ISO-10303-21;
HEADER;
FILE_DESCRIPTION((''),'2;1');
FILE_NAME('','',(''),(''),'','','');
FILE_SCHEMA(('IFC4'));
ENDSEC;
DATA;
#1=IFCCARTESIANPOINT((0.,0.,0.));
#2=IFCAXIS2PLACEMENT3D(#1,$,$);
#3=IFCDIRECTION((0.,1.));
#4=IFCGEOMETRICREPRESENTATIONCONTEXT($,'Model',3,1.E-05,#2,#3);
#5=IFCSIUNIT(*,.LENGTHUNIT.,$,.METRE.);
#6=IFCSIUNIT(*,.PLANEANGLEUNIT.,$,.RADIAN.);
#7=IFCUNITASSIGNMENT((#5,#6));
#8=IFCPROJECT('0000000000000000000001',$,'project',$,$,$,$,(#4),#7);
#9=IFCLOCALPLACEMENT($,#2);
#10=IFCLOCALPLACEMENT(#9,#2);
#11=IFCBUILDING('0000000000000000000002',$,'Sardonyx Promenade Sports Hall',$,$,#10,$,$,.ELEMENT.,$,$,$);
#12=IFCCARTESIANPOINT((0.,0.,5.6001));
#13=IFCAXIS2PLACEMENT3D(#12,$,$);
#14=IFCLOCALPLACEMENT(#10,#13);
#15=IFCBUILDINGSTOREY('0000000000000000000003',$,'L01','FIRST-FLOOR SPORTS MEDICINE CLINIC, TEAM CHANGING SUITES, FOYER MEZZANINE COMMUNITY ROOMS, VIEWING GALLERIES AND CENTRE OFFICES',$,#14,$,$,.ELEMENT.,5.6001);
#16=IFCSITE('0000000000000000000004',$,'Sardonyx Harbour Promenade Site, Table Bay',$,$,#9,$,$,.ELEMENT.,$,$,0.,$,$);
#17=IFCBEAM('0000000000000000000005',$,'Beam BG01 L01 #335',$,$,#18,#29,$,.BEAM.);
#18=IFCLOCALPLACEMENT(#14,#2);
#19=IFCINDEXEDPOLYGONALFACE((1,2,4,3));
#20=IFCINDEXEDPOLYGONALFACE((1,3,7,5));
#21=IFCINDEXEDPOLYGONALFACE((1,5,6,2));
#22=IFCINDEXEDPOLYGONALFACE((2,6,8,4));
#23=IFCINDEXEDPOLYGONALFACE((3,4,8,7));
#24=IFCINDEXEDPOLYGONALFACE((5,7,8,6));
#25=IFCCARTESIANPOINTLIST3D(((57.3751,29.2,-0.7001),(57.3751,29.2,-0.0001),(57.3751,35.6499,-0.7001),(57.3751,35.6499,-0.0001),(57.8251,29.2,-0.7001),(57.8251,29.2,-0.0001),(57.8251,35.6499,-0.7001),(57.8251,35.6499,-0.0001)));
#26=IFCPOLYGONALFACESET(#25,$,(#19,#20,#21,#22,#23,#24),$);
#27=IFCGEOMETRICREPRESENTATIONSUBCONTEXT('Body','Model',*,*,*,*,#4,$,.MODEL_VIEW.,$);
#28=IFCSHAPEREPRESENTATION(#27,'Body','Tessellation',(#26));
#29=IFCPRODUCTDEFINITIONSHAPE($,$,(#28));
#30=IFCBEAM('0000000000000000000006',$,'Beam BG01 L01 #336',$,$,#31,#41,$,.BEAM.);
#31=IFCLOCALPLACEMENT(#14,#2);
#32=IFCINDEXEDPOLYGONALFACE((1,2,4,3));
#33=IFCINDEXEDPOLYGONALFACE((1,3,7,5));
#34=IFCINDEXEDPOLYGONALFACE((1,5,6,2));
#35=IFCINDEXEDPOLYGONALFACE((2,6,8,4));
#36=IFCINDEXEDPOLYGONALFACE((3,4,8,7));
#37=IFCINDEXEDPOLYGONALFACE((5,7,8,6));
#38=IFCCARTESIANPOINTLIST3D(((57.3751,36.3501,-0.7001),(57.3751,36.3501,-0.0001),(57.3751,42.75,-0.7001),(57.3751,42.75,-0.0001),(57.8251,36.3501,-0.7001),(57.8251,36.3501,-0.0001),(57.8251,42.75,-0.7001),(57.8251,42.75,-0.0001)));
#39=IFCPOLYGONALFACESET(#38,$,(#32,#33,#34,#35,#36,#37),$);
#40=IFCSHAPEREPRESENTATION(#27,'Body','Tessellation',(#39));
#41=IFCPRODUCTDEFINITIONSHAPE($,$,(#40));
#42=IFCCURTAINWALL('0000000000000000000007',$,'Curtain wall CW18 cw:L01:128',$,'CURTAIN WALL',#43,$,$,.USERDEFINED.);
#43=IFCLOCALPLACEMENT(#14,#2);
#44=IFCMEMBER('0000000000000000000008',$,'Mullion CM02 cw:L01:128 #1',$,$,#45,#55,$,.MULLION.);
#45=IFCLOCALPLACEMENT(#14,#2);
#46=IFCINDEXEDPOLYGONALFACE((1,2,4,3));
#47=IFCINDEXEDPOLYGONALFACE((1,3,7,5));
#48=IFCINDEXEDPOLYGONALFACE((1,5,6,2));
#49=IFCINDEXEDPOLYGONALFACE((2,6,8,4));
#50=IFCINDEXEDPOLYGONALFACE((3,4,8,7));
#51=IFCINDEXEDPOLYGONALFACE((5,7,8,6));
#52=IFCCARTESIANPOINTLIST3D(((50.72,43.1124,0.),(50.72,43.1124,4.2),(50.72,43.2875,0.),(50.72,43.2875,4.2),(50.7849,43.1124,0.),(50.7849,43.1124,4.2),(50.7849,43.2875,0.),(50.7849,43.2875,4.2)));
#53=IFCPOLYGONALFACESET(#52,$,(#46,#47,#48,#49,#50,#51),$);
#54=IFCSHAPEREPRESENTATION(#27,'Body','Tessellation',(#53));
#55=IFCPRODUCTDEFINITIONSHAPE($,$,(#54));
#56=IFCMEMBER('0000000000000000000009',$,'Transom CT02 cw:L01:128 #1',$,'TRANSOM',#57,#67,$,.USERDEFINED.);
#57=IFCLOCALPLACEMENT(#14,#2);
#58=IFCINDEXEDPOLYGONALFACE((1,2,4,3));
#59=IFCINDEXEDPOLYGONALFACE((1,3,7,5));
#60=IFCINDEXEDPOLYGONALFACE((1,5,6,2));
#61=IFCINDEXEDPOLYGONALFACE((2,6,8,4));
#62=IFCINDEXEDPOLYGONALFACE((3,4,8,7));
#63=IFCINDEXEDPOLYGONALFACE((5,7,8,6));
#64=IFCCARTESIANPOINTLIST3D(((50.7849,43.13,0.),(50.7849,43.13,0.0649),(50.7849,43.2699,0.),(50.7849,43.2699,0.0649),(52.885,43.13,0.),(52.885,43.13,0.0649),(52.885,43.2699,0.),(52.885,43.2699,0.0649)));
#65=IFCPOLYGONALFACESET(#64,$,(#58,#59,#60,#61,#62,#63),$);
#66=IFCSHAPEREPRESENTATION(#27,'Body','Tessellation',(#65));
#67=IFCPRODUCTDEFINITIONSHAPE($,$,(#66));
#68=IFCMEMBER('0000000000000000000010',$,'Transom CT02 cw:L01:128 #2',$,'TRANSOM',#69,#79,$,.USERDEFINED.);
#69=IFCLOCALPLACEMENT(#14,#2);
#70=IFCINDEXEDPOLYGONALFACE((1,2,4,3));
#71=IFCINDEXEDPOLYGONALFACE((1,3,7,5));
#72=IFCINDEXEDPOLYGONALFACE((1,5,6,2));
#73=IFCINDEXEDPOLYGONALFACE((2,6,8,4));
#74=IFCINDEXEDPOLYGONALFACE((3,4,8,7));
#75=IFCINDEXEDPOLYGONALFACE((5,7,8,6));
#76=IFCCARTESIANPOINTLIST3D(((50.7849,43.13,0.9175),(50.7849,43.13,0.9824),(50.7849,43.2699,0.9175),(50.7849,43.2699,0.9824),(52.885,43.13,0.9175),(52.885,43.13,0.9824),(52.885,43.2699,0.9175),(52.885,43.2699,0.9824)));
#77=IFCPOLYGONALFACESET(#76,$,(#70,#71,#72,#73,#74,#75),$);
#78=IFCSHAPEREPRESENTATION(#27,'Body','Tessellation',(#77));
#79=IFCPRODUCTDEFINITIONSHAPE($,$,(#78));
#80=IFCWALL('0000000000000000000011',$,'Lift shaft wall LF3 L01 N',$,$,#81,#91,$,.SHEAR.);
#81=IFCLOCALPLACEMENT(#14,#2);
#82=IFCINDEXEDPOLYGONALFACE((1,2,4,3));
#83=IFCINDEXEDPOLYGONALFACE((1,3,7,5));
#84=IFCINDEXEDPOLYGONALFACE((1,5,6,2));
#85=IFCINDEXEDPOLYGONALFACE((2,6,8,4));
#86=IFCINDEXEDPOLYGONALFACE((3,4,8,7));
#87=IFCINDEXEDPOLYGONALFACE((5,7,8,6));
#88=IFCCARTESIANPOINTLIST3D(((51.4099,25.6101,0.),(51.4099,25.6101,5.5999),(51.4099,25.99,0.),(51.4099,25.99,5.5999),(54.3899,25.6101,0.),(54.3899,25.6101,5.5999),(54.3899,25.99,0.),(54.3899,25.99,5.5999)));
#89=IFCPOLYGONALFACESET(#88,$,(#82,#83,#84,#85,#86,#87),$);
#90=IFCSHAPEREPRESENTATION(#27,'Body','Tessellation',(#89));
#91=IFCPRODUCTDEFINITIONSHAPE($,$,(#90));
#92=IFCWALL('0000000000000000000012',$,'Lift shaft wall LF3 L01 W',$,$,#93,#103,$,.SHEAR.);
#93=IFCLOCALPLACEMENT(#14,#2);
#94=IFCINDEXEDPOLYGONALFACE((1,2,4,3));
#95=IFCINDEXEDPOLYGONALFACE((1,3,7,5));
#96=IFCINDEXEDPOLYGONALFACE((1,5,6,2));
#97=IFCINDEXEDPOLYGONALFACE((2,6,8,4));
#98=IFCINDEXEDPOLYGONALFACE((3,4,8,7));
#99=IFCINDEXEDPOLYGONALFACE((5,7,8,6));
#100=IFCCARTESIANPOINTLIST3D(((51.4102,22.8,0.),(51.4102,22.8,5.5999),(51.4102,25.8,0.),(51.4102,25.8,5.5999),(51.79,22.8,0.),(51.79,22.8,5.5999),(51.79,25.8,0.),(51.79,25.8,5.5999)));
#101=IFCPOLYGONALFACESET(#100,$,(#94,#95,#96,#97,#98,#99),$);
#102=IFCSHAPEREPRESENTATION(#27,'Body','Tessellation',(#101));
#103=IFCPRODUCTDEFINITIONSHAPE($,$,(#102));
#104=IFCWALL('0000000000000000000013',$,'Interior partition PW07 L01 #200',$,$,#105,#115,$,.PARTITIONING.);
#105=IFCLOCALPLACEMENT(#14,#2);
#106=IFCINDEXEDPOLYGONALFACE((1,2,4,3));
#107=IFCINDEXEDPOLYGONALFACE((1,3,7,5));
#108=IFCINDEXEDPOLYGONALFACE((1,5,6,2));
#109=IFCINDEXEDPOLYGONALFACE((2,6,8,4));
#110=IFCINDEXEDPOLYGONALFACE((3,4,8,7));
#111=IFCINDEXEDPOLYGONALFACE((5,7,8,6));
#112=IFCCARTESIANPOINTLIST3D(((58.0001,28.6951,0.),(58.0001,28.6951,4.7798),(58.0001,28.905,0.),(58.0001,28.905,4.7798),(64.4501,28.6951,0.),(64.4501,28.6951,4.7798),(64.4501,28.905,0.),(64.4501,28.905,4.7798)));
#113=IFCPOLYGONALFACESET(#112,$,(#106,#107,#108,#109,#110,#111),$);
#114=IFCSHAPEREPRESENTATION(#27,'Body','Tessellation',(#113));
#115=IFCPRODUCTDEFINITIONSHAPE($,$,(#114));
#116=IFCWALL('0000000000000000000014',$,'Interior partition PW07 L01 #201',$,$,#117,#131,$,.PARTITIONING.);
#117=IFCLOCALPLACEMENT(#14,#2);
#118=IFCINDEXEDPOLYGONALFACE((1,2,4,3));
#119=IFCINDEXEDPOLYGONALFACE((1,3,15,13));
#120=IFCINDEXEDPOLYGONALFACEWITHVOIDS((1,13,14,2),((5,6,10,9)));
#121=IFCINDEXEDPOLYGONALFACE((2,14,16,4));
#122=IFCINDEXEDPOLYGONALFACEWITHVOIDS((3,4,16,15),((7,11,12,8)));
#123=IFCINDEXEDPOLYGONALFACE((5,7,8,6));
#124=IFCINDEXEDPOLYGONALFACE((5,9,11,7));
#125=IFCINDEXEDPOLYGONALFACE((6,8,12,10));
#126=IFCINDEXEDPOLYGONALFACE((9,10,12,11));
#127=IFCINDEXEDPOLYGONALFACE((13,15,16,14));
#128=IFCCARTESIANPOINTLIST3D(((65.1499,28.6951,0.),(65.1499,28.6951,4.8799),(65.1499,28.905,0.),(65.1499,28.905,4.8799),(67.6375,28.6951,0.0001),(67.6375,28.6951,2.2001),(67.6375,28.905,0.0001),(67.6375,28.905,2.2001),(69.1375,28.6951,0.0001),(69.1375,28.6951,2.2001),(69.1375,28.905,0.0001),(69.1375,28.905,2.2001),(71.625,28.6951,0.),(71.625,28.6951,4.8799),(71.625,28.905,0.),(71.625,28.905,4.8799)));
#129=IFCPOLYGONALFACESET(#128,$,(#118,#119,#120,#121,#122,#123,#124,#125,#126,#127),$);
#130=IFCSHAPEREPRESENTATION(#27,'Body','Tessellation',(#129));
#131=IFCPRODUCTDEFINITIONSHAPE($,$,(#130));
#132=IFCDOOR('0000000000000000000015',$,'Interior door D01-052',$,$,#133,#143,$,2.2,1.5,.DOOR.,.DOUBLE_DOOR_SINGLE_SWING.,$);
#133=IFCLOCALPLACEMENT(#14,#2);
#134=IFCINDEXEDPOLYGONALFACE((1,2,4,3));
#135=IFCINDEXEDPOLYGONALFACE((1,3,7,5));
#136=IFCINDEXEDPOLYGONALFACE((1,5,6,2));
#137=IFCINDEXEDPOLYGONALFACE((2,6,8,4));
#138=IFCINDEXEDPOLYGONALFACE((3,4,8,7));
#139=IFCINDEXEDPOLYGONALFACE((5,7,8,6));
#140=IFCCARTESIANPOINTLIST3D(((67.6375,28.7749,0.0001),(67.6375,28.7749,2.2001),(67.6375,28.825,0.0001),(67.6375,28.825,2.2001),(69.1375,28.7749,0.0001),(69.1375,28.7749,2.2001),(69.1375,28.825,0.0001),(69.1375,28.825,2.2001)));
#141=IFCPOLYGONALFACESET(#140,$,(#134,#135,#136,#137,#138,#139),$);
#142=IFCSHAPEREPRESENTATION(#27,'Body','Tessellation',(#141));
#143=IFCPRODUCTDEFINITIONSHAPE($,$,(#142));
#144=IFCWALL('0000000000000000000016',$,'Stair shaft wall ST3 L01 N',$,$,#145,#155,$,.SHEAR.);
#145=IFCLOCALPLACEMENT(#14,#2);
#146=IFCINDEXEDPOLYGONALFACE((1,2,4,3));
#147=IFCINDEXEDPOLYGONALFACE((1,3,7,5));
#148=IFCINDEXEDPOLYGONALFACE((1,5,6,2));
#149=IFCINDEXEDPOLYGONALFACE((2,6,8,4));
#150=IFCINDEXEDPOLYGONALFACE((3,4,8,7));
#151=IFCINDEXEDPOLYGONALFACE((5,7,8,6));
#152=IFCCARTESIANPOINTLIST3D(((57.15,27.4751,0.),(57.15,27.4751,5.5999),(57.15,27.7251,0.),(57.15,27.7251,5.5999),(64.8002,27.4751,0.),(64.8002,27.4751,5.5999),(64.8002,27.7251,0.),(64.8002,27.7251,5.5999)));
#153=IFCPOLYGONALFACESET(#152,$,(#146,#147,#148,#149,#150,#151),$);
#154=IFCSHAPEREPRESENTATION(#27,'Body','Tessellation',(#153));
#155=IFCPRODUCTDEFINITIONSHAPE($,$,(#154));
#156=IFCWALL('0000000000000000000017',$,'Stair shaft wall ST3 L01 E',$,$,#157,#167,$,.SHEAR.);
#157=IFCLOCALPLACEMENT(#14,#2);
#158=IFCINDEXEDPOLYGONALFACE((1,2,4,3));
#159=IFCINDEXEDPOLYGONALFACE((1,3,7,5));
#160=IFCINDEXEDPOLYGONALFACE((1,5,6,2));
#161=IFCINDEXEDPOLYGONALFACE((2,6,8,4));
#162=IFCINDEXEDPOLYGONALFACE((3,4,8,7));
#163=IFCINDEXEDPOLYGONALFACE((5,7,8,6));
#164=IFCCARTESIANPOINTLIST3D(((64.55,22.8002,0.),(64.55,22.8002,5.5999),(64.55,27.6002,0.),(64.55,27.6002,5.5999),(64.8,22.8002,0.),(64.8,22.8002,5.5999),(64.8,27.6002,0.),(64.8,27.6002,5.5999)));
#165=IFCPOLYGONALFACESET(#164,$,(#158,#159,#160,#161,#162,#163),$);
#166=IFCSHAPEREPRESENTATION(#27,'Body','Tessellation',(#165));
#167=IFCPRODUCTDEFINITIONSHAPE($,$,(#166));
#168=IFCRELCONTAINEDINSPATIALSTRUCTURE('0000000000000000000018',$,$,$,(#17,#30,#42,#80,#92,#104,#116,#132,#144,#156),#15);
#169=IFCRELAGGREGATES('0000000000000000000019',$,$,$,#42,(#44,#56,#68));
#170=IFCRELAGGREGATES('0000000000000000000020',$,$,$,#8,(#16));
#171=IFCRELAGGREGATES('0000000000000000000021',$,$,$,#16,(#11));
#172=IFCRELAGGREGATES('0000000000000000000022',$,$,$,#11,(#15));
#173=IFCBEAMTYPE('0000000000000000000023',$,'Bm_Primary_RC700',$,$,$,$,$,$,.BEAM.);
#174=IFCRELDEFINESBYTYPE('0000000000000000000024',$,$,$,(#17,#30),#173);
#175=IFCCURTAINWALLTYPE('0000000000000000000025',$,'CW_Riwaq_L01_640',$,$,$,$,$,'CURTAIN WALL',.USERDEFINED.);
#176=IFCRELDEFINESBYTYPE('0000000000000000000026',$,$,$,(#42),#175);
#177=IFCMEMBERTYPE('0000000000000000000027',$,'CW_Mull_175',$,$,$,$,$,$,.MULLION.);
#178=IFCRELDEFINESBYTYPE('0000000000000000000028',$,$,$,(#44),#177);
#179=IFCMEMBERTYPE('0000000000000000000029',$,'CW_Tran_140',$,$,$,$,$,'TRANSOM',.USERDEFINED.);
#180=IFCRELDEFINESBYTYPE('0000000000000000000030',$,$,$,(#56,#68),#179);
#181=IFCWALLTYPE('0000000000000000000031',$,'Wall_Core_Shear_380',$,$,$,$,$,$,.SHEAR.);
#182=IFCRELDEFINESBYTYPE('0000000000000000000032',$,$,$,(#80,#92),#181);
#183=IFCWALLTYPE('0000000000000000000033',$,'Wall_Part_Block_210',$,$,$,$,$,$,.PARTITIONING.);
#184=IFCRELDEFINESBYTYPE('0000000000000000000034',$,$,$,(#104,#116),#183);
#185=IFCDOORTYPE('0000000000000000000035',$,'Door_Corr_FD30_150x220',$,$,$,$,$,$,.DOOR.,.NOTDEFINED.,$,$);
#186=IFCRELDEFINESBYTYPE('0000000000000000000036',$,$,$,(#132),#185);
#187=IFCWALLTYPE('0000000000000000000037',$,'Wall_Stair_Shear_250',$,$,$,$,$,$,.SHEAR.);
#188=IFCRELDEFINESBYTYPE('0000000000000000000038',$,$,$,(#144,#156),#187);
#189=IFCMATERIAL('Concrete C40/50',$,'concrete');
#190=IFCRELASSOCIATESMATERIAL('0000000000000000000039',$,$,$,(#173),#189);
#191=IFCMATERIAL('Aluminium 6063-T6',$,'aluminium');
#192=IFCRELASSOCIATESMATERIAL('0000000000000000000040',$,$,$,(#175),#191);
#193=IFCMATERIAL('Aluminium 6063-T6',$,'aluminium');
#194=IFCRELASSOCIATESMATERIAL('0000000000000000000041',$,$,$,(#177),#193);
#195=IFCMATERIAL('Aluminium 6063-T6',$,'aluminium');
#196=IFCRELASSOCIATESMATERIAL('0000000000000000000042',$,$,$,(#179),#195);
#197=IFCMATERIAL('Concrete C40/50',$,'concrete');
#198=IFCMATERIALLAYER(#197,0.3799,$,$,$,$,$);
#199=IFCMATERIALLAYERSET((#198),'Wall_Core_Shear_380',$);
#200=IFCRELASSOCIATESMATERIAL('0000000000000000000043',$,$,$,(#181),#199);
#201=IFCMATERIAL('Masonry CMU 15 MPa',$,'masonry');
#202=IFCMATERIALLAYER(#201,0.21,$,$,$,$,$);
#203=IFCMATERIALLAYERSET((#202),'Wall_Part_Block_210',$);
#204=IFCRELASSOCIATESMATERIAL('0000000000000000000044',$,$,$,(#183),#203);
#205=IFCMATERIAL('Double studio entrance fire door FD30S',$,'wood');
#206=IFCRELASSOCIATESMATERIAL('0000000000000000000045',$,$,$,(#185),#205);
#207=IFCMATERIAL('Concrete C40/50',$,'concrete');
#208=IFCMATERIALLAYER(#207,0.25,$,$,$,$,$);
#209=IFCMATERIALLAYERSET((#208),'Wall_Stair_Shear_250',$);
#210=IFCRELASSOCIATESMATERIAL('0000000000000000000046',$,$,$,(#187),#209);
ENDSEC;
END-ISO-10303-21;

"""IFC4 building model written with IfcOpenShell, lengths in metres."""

from ifc_helpers import new_model, si_unit, direction, frame, frame_2d, origin, origin_2d, place, context, subcontext, project, spatial, rectangle, extrude, material, layer, layer_set, material_profile, profile_set, type_object, element, fill, aggregate, save


model = new_model("IFC4")

# Units and contexts
model_context = context("Model", 3, precision=1e-05, world=origin(), true_north=direction((0.0, 1.0)))
body_context = subcontext(model_context, "Body", "Model", "MODEL_VIEW")
ifc_project = project(units=[si_unit("LENGTHUNIT", "METRE"), si_unit("PLANEANGLEUNIT", "RADIAN")], contexts=[model_context])

# Site, building, storey
site_placement = place(None, origin())
site = spatial("IfcSite", under=ifc_project, at=site_placement, Name="Sardonyx Harbour Promenade Site, Table Bay", CompositionType="ELEMENT", RefElevation=0.0)
building_placement = place(site_placement, origin())
building = spatial("IfcBuilding", under=site, at=building_placement, Name="Sardonyx Promenade Sports Hall", CompositionType="ELEMENT")
storey_placement = place(building_placement, frame((0.0, 0.0, 5.6001)))
storey = spatial("IfcBuildingStorey", under=building, at=storey_placement, Name="L01", Description="FIRST-FLOOR SPORTS MEDICINE CLINIC, TEAM CHANGING SUITES, FOYER MEZZANINE COMMUNITY ROOMS, VIEWING GALLERIES AND CENTRE OFFICES", CompositionType="ELEMENT", Elevation=5.6001)

# Beams
ifc_material_1 = material(Name="Concrete C40/50", Category="concrete")
ifc_material_profile_1 = material_profile(ifc_material_1, rectangle(XDim=0.45, YDim=0.7, at=origin_2d()))
ifc_profile_set_1 = profile_set([ifc_material_profile_1], Name="Concrete C40/50")
beam_type_1 = type_object("IfcBeamType", Name="Bm_Primary_RC700", PredefinedType="BEAM", material=ifc_profile_set_1)
beam_1_placement = place(storey_placement, frame((57.6001, 29.2, -0.3501), z_axis=(0.0, 1.0, 0.0), x_axis=(-1.0, 0.0, 0.0)))
element("IfcBeam", 1, at=beam_1_placement, inside=storey, type_object=beam_type_1, Name="Beam BG01 L01 #335", PredefinedType="BEAM", context=body_context, shape_type="SweptSolid", body=[
    extrude(rectangle(XDim=0.45, YDim=0.7, at=origin_2d()), origin(), (0.0, 0.0, 1.0), 6.45),
])
beam_2_placement = place(storey_placement, frame((57.6001, 36.3501, -0.3501), z_axis=(0.0, 1.0, 0.0), x_axis=(-1.0, 0.0, 0.0)))
element("IfcBeam", 2, at=beam_2_placement, inside=storey, type_object=beam_type_1, Name="Beam BG01 L01 #336", PredefinedType="BEAM", context=body_context, shape_type="SweptSolid", body=[
    extrude(rectangle(XDim=0.45, YDim=0.7, at=origin_2d()), origin(), (0.0, 0.0, 1.0), 6.3999),
])

# Curtain wall, members
ifc_material_2 = material(Name="Aluminium 6063-T6", Category="aluminium")
curtain_wall_type = type_object("IfcCurtainWallType", Name="CW_Riwaq_L01_640", ElementType="CURTAIN WALL", PredefinedType="USERDEFINED", material=ifc_material_2)
curtain_wall_placement = place(storey_placement, origin())
curtain_wall = element("IfcCurtainWall", 3, at=curtain_wall_placement, inside=storey, type_object=curtain_wall_type, Name="Curtain wall CW18 cw:L01:128", ObjectType="CURTAIN WALL", PredefinedType="USERDEFINED")
ifc_material_3 = material(Name="Aluminium 6063-T6", Category="aluminium")
ifc_material_profile_2 = material_profile(ifc_material_3, rectangle(XDim=0.0649, YDim=0.175, at=origin_2d()))
ifc_profile_set_2 = profile_set([ifc_material_profile_2], Name="Aluminium 6063-T6")
member_type_1 = type_object("IfcMemberType", Name="CW_Mull_175", PredefinedType="MULLION", material=ifc_profile_set_2)
member_1_placement = place(storey_placement, frame((50.7524, 43.2, 0.0), z_axis=(0.0, 0.0, 1.0), x_axis=(1.0, 0.0, 0.0)))
member_1 = element("IfcMember", 4, at=member_1_placement, type_object=member_type_1, Name="Mullion CM02 cw:L01:128 #1", PredefinedType="MULLION", context=body_context, shape_type="SweptSolid", body=[
    extrude(rectangle(XDim=0.0649, YDim=0.175, at=origin_2d()), origin(), (0.0, 0.0, 1.0), 4.2),
])
ifc_material_4 = material(Name="Aluminium 6063-T6", Category="aluminium")
ifc_material_profile_3 = material_profile(ifc_material_4, rectangle(XDim=0.0649, YDim=0.1399, at=origin_2d()))
ifc_profile_set_3 = profile_set([ifc_material_profile_3], Name="Aluminium 6063-T6")
member_type_2 = type_object("IfcMemberType", Name="CW_Tran_140", ElementType="TRANSOM", PredefinedType="USERDEFINED", material=ifc_profile_set_3)
member_2_placement = place(storey_placement, frame((50.7849, 43.2, 0.0325), z_axis=(1.0, 0.0, 0.0), x_axis=(0.0, 0.0, 1.0)))
member_2 = element("IfcMember", 5, at=member_2_placement, type_object=member_type_2, Name="Transom CT02 cw:L01:128 #1", ObjectType="TRANSOM", PredefinedType="USERDEFINED", context=body_context, shape_type="SweptSolid", body=[
    extrude(rectangle(XDim=0.0649, YDim=0.1399, at=origin_2d()), origin(), (0.0, 0.0, 1.0), 2.1001),
])
member_3_placement = place(storey_placement, frame((50.7849, 43.2, 0.95), z_axis=(1.0, 0.0, 0.0), x_axis=(0.0, 0.0, 1.0)))
member_3 = element("IfcMember", 6, at=member_3_placement, type_object=member_type_2, Name="Transom CT02 cw:L01:128 #2", ObjectType="TRANSOM", PredefinedType="USERDEFINED", context=body_context, shape_type="SweptSolid", body=[
    extrude(rectangle(XDim=0.0649, YDim=0.1399, at=origin_2d()), origin(), (0.0, 0.0, 1.0), 2.1001),
])
aggregate(curtain_wall, [member_1, member_2, member_3])

# Walls
ifc_material_5 = material(Name="Concrete C40/50", Category="concrete")
ifc_layer_1 = layer(ifc_material_5, 0.3799)
ifc_layer_set_1 = layer_set([ifc_layer_1], Name="Wall_Core_Shear_380")
wall_type_1 = type_object("IfcWallType", Name="Wall_Core_Shear_380", PredefinedType="SHEAR", material=ifc_layer_set_1)
wall_1_placement = place(storey_placement, frame((51.4099, 25.8, 0.0), z_axis=(0.0, 0.0, 1.0), x_axis=(1.0, 0.0, 0.0)))
element("IfcWall", 7, at=wall_1_placement, inside=storey, type_object=wall_type_1, Name="Lift shaft wall LF3 L01 N", PredefinedType="SHEAR", context=body_context, shape_type="SweptSolid", body=[
    extrude(rectangle(XDim=2.98, YDim=0.3799, at=frame_2d((1.49, 0.0))), origin(), (0.0, 0.0, 1.0), 5.5999),
])
wall_2_placement = place(storey_placement, frame((51.6001, 25.8, 0.0), z_axis=(0.0, 0.0, 1.0), x_axis=(0.0, -1.0, 0.0)))
element("IfcWall", 8, at=wall_2_placement, inside=storey, type_object=wall_type_1, Name="Lift shaft wall LF3 L01 W", PredefinedType="SHEAR", context=body_context, shape_type="SweptSolid", body=[
    extrude(rectangle(XDim=3.0, YDim=0.3799, at=frame_2d((1.5, 0.0))), origin(), (0.0, 0.0, 1.0), 5.5999),
])
ifc_material_6 = material(Name="Masonry CMU 15 MPa", Category="masonry")
ifc_layer_2 = layer(ifc_material_6, 0.21)
ifc_layer_set_2 = layer_set([ifc_layer_2], Name="Wall_Part_Block_210")
wall_type_2 = type_object("IfcWallType", Name="Wall_Part_Block_210", PredefinedType="PARTITIONING", material=ifc_layer_set_2)
wall_3_placement = place(storey_placement, frame((58.0, 28.8, 0.0), z_axis=(0.0, 0.0, 1.0), x_axis=(1.0, 0.0, 0.0)))
element("IfcWall", 9, at=wall_3_placement, inside=storey, type_object=wall_type_2, Name="Interior partition PW07 L01 #200", PredefinedType="PARTITIONING", context=body_context, shape_type="SweptSolid", body=[
    extrude(rectangle(XDim=6.45, YDim=0.21, at=frame_2d((3.2251, 0.0))), origin(), (0.0, 0.0, 1.0), 4.7798),
])

# Wall, opening, door
wall_4_placement = place(storey_placement, frame((65.1499, 28.8, 0.0), z_axis=(0.0, 0.0, 1.0), x_axis=(1.0, 0.0, 0.0)))
wall_4 = element("IfcWall", 10, at=wall_4_placement, inside=storey, type_object=wall_type_2, Name="Interior partition PW07 L01 #201", PredefinedType="PARTITIONING", context=body_context, shape_type="SweptSolid", body=[
    extrude(rectangle(XDim=6.4751, YDim=0.21, at=frame_2d((3.2375, 0.0))), origin(), (0.0, 0.0, 1.0), 4.8799),
])
opening_placement = place(wall_4_placement, frame((2.4875, 0.0, 0.0)))
opening = element("IfcOpeningElement", 11, at=opening_placement, cuts=wall_4, PredefinedType="OPENING", context=body_context, shape_type="SweptSolid", body=[
    extrude(rectangle(XDim=1.5, YDim=2.2, at=frame_2d((0.75, 1.1001))), frame((0.0, 0.115, 0.0), z_axis=(0.0, -1.0, 0.0), x_axis=(1.0, 0.0, 0.0)), (0.0, 0.0, 1.0), 0.23),
])
ifc_material_7 = material(Name="Double studio entrance fire door FD30S", Category="wood")
door_type = type_object("IfcDoorType", Name="Door_Corr_FD30_150x220", OperationType="NOTDEFINED", PredefinedType="DOOR", material=ifc_material_7)
door_placement = place(opening_placement, origin())
door = element("IfcDoor", 12, at=door_placement, inside=storey, type_object=door_type, Name="Interior door D01-052", OperationType="DOUBLE_DOOR_SINGLE_SWING", OverallHeight=2.2, OverallWidth=1.5, PredefinedType="DOOR", context=body_context, shape_type="SweptSolid", body=[
    extrude(rectangle(XDim=1.5, YDim=2.2, at=frame_2d((0.75, 1.1001))), frame((0.0, 0.0249, 0.0), z_axis=(0.0, -1.0, 0.0), x_axis=(1.0, 0.0, 0.0)), (0.0, 0.0, 1.0), 0.05),
])
fill(opening, door)

# Walls
ifc_material_8 = material(Name="Concrete C40/50", Category="concrete")
ifc_layer_3 = layer(ifc_material_8, 0.25)
ifc_layer_set_3 = layer_set([ifc_layer_3], Name="Wall_Stair_Shear_250")
wall_type_3 = type_object("IfcWallType", Name="Wall_Stair_Shear_250", PredefinedType="SHEAR", material=ifc_layer_set_3)
wall_5_placement = place(storey_placement, frame((57.1499, 27.6001, 0.0), z_axis=(0.0, 0.0, 1.0), x_axis=(1.0, 0.0, 0.0)))
element("IfcWall", 13, at=wall_5_placement, inside=storey, type_object=wall_type_3, Name="Stair shaft wall ST3 L01 N", PredefinedType="SHEAR", context=body_context, shape_type="SweptSolid", body=[
    extrude(rectangle(XDim=7.6501, YDim=0.25, at=frame_2d((3.8252, 0.0))), origin(), (0.0, 0.0, 1.0), 5.5999),
])
wall_6_placement = place(storey_placement, frame((64.675, 27.6001, 0.0), z_axis=(0.0, 0.0, 1.0), x_axis=(0.0, -1.0, 0.0)))
element("IfcWall", 14, at=wall_6_placement, inside=storey, type_object=wall_type_3, Name="Stair shaft wall ST3 L01 E", PredefinedType="SHEAR", context=body_context, shape_type="SweptSolid", body=[
    extrude(rectangle(XDim=4.8, YDim=0.25, at=frame_2d((2.3999, 0.0))), origin(), (0.0, 0.0, 1.0), 5.5999),
])

save(model, "model.ifc")
